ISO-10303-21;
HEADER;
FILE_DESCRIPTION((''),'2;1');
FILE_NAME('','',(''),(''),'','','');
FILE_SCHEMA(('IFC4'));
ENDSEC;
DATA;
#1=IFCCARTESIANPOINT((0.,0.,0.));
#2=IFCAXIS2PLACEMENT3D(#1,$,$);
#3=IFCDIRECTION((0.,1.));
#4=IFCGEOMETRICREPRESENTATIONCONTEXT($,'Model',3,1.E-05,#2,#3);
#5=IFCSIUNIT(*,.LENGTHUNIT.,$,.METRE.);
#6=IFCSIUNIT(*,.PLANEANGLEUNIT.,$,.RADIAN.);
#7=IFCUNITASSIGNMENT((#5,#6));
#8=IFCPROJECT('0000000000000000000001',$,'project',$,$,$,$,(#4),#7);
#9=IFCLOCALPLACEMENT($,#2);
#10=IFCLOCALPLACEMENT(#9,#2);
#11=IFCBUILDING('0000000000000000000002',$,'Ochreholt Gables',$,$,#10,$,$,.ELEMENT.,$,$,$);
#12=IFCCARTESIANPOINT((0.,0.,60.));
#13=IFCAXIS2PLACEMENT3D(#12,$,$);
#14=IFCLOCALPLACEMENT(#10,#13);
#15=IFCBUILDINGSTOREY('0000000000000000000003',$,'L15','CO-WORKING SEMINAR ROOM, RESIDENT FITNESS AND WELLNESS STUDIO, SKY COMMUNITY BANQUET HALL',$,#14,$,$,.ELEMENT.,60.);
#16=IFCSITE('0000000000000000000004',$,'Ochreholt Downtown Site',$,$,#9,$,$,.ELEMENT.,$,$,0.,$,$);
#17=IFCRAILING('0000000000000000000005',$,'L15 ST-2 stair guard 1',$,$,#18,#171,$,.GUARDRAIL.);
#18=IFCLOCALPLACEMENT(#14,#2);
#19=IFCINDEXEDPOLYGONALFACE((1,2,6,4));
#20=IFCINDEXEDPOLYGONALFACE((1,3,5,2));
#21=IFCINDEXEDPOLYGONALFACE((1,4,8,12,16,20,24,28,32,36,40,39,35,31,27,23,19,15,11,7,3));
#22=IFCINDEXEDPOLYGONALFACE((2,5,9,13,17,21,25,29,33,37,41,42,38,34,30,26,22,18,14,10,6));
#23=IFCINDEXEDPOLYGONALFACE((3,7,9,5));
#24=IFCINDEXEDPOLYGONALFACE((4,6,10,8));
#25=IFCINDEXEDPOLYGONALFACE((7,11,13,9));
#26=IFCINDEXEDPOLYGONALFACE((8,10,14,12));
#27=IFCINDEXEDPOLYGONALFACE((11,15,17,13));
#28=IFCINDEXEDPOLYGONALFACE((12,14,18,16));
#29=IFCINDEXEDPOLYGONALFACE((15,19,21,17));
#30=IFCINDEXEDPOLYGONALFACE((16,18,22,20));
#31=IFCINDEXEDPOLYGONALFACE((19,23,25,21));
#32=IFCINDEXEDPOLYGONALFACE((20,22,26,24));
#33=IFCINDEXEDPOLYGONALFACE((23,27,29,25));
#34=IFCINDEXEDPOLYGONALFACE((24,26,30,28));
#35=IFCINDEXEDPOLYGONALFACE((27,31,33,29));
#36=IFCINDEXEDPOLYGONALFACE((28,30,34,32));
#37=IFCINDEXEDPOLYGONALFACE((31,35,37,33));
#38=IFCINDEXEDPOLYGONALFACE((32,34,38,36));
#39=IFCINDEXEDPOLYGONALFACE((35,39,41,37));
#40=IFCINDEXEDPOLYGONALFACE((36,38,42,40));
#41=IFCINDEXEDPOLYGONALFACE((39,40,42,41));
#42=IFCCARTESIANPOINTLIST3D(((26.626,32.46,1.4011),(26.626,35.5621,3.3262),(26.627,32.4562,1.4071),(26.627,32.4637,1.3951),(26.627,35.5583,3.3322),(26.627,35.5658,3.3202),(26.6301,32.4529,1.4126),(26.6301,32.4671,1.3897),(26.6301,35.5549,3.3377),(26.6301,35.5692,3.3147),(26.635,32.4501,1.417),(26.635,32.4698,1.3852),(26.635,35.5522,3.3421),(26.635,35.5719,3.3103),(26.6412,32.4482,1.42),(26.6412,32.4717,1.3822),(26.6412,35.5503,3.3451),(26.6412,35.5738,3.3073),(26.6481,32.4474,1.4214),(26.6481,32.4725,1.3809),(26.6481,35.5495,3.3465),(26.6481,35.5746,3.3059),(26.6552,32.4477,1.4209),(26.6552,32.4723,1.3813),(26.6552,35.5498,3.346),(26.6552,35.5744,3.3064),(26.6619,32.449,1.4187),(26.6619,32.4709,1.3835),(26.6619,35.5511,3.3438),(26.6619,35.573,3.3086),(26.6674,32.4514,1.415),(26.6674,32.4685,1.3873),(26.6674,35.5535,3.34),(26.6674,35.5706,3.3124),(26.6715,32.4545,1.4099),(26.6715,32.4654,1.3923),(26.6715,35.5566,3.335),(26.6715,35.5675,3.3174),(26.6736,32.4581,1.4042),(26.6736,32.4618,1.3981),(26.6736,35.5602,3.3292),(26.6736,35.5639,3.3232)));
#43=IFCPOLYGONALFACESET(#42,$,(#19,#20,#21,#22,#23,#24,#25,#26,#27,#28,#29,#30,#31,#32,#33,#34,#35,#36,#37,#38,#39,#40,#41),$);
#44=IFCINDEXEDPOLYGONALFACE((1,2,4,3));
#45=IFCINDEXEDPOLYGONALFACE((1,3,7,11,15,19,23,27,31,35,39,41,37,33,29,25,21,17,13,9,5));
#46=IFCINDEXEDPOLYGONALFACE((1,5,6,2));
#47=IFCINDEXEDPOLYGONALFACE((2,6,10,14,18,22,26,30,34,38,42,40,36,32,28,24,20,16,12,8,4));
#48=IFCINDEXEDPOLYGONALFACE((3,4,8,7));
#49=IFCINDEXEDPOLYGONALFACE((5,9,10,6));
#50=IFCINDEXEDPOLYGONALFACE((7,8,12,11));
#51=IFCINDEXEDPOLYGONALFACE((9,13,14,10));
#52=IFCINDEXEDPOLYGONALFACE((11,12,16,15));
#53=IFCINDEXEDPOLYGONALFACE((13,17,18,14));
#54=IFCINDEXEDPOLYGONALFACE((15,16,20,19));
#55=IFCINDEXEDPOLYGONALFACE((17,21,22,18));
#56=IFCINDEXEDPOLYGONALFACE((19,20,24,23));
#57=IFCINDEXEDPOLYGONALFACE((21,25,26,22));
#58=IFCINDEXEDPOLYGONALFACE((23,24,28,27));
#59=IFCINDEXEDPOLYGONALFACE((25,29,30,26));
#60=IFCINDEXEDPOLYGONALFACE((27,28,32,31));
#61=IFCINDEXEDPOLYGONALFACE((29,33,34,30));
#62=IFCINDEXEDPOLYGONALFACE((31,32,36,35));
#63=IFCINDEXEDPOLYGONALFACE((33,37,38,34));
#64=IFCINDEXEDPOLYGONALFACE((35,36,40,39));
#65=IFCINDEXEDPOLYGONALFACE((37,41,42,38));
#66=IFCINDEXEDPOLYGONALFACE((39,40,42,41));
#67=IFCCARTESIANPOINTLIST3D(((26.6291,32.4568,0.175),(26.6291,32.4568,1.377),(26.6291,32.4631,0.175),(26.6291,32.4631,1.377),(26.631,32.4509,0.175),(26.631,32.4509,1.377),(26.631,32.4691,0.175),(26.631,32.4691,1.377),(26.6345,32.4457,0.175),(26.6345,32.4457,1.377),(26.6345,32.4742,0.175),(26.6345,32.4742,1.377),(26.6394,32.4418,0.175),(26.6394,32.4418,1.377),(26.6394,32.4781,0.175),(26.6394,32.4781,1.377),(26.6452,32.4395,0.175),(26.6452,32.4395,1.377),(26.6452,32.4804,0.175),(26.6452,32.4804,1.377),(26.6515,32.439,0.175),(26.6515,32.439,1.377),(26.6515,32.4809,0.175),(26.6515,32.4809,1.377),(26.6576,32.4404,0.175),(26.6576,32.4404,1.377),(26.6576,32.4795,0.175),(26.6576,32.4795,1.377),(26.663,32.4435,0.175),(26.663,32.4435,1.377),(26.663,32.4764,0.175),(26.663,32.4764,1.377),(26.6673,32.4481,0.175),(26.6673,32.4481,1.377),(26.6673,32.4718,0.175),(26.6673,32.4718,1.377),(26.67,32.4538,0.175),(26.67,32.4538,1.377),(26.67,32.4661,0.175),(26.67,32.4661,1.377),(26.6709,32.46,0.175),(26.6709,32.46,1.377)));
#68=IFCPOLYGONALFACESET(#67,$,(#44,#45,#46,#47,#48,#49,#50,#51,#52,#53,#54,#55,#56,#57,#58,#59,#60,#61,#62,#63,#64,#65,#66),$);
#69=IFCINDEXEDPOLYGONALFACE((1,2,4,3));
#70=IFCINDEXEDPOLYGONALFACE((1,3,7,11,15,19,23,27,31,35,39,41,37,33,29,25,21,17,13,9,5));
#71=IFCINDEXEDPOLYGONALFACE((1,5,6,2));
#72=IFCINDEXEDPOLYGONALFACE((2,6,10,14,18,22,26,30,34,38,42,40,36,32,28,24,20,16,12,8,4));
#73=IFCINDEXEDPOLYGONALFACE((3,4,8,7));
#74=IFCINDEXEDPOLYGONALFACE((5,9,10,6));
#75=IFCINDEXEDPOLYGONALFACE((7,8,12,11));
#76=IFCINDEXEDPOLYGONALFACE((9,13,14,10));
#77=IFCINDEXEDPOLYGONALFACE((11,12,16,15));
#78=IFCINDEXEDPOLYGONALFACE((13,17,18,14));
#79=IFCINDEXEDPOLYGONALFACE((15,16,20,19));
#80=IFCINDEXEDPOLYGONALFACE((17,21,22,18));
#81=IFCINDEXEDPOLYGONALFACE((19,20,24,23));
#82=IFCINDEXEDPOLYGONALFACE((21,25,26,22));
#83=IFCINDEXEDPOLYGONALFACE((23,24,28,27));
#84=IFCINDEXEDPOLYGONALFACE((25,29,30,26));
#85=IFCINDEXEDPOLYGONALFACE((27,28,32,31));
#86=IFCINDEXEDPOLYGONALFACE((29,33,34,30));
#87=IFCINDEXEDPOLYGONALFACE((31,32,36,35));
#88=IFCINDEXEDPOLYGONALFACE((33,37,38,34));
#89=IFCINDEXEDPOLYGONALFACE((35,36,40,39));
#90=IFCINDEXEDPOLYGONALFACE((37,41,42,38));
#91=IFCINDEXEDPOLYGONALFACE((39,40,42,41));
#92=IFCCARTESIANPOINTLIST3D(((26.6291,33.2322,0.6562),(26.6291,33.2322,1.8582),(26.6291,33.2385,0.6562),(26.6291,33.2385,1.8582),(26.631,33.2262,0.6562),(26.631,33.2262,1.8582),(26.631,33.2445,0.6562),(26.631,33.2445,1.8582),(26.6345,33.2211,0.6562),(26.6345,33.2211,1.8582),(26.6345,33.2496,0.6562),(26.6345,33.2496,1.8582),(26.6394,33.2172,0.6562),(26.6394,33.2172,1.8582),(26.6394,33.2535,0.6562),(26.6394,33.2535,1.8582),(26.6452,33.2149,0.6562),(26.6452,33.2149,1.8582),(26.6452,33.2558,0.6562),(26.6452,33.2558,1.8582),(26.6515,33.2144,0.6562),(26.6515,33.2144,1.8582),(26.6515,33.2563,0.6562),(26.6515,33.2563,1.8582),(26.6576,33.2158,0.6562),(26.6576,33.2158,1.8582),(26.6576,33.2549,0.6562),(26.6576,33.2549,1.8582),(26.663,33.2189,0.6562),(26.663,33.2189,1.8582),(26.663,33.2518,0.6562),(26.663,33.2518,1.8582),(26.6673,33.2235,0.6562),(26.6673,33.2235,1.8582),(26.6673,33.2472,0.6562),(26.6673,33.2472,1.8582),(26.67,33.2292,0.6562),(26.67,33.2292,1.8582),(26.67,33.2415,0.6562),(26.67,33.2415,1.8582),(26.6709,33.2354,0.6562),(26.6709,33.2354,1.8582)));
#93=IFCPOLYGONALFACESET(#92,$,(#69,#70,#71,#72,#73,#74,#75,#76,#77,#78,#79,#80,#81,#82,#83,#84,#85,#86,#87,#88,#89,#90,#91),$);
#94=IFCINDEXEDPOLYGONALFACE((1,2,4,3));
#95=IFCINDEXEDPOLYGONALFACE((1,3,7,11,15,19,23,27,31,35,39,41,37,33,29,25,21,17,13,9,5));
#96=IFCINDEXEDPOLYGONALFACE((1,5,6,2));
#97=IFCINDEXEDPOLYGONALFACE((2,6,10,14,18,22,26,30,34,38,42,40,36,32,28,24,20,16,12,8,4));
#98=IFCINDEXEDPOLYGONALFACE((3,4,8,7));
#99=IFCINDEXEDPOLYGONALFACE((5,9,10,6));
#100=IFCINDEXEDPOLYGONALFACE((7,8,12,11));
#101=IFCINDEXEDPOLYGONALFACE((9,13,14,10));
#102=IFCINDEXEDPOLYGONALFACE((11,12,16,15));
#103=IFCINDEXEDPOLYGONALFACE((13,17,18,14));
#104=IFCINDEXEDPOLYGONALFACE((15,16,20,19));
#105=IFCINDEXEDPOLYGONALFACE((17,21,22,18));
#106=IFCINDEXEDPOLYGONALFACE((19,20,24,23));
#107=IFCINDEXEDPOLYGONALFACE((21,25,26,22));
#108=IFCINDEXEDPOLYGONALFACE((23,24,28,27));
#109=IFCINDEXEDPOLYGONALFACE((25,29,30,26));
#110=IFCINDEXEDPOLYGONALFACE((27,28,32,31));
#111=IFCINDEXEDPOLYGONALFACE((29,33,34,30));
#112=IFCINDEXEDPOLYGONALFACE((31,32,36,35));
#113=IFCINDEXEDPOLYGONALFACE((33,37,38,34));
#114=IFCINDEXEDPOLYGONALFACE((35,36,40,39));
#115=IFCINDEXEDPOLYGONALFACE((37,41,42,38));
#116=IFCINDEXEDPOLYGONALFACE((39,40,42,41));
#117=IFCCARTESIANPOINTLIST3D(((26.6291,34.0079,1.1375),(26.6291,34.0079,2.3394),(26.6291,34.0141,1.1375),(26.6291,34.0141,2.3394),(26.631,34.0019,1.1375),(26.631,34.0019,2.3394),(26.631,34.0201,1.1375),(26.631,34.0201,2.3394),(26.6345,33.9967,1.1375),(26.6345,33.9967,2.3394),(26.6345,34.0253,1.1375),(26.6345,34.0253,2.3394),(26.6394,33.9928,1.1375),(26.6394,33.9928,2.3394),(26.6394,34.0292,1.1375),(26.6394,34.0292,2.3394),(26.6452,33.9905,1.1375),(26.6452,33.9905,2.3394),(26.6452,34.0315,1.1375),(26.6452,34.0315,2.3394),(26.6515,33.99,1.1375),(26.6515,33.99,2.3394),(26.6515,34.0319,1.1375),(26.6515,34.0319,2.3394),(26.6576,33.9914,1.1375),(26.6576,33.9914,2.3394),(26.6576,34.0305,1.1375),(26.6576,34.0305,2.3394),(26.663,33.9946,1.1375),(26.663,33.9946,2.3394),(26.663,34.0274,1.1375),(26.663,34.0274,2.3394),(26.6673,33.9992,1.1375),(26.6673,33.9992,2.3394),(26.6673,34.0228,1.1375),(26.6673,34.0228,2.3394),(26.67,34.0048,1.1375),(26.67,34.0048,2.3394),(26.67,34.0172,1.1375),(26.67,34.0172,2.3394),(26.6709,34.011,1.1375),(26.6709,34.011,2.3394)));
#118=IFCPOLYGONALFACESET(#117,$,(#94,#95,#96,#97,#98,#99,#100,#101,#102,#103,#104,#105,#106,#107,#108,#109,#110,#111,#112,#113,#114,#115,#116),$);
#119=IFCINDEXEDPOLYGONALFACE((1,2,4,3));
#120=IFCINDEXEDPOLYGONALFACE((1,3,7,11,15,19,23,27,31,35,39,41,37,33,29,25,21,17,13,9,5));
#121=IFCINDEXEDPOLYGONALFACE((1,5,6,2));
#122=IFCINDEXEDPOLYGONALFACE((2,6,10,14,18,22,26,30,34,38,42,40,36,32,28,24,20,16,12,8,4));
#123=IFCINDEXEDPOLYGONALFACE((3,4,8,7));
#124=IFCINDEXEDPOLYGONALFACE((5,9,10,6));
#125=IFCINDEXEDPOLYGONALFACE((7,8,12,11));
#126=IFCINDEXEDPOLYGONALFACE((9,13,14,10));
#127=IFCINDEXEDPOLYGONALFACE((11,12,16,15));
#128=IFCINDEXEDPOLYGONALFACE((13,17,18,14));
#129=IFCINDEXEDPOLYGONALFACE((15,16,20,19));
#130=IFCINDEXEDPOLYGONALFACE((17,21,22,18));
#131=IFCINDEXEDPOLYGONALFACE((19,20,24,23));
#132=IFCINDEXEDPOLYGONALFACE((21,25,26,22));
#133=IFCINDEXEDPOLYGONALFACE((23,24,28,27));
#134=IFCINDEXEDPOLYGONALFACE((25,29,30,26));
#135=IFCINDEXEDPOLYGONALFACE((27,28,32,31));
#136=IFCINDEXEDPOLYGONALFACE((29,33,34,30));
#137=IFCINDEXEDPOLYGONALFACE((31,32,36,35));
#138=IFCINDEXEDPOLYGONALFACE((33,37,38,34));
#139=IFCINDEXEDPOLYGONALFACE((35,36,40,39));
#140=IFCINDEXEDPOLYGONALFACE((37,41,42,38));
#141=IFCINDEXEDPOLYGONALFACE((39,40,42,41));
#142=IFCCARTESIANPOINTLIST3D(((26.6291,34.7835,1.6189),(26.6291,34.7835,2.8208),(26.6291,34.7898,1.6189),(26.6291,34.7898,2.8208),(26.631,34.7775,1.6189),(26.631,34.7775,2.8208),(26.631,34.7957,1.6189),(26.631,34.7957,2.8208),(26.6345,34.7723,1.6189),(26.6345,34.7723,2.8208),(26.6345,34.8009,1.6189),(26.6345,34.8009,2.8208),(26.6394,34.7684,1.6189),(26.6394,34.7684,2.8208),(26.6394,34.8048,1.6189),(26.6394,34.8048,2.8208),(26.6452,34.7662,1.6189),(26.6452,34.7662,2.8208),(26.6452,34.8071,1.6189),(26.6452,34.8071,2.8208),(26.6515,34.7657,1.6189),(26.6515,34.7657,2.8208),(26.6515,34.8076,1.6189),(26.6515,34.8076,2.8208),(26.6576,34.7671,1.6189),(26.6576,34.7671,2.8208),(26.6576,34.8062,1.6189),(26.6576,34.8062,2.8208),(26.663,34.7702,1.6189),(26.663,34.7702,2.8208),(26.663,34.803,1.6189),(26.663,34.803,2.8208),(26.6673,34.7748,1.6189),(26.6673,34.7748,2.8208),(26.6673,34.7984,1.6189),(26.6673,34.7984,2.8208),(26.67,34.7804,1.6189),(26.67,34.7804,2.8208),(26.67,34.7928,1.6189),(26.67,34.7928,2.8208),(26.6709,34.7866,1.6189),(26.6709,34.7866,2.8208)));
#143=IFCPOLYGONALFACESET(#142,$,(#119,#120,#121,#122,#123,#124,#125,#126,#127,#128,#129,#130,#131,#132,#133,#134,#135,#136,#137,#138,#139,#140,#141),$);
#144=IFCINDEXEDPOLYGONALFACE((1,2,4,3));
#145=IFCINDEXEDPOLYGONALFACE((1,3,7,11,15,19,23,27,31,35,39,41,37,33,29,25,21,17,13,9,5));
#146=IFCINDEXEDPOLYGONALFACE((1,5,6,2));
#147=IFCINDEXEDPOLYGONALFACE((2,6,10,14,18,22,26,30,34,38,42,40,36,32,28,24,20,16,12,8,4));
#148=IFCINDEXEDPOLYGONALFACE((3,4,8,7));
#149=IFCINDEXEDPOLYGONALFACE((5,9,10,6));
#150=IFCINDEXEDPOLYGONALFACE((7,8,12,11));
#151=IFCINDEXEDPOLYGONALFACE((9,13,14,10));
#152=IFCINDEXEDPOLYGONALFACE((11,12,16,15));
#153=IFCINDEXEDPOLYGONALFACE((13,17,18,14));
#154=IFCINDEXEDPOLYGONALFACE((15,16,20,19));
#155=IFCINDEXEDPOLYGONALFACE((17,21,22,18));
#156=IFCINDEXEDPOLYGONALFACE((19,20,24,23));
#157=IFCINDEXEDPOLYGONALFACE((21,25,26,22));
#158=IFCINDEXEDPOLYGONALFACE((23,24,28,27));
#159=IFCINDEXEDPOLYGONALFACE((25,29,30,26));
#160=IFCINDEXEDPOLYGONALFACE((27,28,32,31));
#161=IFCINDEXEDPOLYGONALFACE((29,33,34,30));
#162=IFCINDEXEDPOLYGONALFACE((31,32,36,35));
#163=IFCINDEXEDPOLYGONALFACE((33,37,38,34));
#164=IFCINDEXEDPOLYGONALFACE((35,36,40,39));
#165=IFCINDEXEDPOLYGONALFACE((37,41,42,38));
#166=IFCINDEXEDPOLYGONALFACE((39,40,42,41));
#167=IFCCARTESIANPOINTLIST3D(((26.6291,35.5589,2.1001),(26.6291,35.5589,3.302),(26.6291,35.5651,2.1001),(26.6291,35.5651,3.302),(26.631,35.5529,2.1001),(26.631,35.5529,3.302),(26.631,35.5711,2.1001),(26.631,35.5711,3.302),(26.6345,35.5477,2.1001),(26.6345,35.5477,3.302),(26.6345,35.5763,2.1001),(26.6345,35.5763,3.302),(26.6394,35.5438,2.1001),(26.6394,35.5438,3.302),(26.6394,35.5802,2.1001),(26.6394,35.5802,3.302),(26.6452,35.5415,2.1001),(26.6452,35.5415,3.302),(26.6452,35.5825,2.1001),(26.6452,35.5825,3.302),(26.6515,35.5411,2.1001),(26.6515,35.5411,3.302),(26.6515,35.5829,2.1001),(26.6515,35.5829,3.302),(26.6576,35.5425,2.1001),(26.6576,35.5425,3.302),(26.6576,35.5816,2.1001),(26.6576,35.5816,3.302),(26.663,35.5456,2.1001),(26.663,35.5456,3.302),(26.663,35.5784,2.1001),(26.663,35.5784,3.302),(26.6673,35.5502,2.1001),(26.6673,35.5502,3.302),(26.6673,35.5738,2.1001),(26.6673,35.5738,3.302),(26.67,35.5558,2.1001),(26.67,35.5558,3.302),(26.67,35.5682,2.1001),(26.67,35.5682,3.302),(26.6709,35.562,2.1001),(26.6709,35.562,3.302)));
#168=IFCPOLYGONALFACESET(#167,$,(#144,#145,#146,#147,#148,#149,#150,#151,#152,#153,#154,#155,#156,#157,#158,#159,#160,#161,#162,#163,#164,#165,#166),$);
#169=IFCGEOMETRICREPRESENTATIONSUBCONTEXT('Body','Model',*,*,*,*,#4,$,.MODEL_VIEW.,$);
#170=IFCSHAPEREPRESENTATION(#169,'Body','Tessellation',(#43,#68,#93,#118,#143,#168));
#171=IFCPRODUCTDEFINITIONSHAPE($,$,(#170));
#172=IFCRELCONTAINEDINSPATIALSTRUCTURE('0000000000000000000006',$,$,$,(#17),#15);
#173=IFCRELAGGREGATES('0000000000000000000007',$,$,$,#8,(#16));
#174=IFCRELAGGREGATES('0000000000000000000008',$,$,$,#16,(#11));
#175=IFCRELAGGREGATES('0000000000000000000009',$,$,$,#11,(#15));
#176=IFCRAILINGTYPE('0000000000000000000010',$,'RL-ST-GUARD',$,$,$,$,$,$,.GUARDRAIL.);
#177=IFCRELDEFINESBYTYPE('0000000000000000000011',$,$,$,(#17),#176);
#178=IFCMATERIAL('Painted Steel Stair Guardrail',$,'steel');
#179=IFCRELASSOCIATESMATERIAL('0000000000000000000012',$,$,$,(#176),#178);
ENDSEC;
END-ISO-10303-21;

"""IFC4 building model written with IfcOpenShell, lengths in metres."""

from ifc_helpers import new_model, si_unit, direction, frame, origin, origin_2d, place, context, subcontext, project, spatial, circle, extrude, material, type_object, element, save


model = new_model("IFC4")

# Units and contexts
model_context = context("Model", 3, precision=1e-05, world=origin(), true_north=direction((0.0, 1.0)))
body_context = subcontext(model_context, "Body", "Model", "MODEL_VIEW")
ifc_project = project(units=[si_unit("LENGTHUNIT", "METRE"), si_unit("PLANEANGLEUNIT", "RADIAN")], contexts=[model_context])

# Site, building, storey
site_placement = place(None, origin())
site = spatial("IfcSite", under=ifc_project, at=site_placement, Name="Ochreholt Downtown Site", CompositionType="ELEMENT", RefElevation=0.0)
building_placement = place(site_placement, origin())
building = spatial("IfcBuilding", under=site, at=building_placement, Name="Ochreholt Gables", CompositionType="ELEMENT")
storey_placement = place(building_placement, frame((0.0, 0.0, 60.0)))
storey = spatial("IfcBuildingStorey", under=building, at=storey_placement, Name="L15", Description="CO-WORKING SEMINAR ROOM, RESIDENT FITNESS AND WELLNESS STUDIO, SKY COMMUNITY BANQUET HALL", CompositionType="ELEMENT", Elevation=60.0)

# Railing
ifc_material_1 = material(Name="Painted Steel Stair Guardrail", Category="steel")
railing_type_1 = type_object("IfcRailingType", Name="RL-ST-GUARD", PredefinedType="GUARDRAIL", material=ifc_material_1)
railing_1_placement = place(storey_placement, frame((26.6499, 32.46, 0.175)))
element("IfcRailing", 1, at=railing_1_placement, inside=storey, type_object=railing_type_1, Name="L15 ST-2 stair guard 1", PredefinedType="GUARDRAIL", context=body_context, shape_type="SweptSolid", body=[
    extrude(circle(Radius=0.0239, at=origin_2d()), frame((0.0, 0.0, 1.2261), z_axis=(0.0, 0.849685, 0.527291), x_axis=(-1.0, 0.0, 0.0)), (0.0, 0.0, 1.0), 3.6509),
    extrude(circle(Radius=0.021, at=origin_2d()), origin(), (0.0, 0.0, 1.0), 1.2019),
    extrude(circle(Radius=0.021, at=origin_2d()), frame((0.0, 0.7754, 0.4812)), (0.0, 0.0, 1.0), 1.2019),
    extrude(circle(Radius=0.021, at=origin_2d()), frame((0.0, 1.551, 0.9624)), (0.0, 0.0, 1.0), 1.2019),
    extrude(circle(Radius=0.021, at=origin_2d()), frame((0.0, 2.3267, 1.4438)), (0.0, 0.0, 1.0), 1.2019),
    extrude(circle(Radius=0.021, at=origin_2d()), frame((0.0, 3.1021, 1.925)), (0.0, 0.0, 1.0), 1.2019),
])

save(model, "model.ifc")
